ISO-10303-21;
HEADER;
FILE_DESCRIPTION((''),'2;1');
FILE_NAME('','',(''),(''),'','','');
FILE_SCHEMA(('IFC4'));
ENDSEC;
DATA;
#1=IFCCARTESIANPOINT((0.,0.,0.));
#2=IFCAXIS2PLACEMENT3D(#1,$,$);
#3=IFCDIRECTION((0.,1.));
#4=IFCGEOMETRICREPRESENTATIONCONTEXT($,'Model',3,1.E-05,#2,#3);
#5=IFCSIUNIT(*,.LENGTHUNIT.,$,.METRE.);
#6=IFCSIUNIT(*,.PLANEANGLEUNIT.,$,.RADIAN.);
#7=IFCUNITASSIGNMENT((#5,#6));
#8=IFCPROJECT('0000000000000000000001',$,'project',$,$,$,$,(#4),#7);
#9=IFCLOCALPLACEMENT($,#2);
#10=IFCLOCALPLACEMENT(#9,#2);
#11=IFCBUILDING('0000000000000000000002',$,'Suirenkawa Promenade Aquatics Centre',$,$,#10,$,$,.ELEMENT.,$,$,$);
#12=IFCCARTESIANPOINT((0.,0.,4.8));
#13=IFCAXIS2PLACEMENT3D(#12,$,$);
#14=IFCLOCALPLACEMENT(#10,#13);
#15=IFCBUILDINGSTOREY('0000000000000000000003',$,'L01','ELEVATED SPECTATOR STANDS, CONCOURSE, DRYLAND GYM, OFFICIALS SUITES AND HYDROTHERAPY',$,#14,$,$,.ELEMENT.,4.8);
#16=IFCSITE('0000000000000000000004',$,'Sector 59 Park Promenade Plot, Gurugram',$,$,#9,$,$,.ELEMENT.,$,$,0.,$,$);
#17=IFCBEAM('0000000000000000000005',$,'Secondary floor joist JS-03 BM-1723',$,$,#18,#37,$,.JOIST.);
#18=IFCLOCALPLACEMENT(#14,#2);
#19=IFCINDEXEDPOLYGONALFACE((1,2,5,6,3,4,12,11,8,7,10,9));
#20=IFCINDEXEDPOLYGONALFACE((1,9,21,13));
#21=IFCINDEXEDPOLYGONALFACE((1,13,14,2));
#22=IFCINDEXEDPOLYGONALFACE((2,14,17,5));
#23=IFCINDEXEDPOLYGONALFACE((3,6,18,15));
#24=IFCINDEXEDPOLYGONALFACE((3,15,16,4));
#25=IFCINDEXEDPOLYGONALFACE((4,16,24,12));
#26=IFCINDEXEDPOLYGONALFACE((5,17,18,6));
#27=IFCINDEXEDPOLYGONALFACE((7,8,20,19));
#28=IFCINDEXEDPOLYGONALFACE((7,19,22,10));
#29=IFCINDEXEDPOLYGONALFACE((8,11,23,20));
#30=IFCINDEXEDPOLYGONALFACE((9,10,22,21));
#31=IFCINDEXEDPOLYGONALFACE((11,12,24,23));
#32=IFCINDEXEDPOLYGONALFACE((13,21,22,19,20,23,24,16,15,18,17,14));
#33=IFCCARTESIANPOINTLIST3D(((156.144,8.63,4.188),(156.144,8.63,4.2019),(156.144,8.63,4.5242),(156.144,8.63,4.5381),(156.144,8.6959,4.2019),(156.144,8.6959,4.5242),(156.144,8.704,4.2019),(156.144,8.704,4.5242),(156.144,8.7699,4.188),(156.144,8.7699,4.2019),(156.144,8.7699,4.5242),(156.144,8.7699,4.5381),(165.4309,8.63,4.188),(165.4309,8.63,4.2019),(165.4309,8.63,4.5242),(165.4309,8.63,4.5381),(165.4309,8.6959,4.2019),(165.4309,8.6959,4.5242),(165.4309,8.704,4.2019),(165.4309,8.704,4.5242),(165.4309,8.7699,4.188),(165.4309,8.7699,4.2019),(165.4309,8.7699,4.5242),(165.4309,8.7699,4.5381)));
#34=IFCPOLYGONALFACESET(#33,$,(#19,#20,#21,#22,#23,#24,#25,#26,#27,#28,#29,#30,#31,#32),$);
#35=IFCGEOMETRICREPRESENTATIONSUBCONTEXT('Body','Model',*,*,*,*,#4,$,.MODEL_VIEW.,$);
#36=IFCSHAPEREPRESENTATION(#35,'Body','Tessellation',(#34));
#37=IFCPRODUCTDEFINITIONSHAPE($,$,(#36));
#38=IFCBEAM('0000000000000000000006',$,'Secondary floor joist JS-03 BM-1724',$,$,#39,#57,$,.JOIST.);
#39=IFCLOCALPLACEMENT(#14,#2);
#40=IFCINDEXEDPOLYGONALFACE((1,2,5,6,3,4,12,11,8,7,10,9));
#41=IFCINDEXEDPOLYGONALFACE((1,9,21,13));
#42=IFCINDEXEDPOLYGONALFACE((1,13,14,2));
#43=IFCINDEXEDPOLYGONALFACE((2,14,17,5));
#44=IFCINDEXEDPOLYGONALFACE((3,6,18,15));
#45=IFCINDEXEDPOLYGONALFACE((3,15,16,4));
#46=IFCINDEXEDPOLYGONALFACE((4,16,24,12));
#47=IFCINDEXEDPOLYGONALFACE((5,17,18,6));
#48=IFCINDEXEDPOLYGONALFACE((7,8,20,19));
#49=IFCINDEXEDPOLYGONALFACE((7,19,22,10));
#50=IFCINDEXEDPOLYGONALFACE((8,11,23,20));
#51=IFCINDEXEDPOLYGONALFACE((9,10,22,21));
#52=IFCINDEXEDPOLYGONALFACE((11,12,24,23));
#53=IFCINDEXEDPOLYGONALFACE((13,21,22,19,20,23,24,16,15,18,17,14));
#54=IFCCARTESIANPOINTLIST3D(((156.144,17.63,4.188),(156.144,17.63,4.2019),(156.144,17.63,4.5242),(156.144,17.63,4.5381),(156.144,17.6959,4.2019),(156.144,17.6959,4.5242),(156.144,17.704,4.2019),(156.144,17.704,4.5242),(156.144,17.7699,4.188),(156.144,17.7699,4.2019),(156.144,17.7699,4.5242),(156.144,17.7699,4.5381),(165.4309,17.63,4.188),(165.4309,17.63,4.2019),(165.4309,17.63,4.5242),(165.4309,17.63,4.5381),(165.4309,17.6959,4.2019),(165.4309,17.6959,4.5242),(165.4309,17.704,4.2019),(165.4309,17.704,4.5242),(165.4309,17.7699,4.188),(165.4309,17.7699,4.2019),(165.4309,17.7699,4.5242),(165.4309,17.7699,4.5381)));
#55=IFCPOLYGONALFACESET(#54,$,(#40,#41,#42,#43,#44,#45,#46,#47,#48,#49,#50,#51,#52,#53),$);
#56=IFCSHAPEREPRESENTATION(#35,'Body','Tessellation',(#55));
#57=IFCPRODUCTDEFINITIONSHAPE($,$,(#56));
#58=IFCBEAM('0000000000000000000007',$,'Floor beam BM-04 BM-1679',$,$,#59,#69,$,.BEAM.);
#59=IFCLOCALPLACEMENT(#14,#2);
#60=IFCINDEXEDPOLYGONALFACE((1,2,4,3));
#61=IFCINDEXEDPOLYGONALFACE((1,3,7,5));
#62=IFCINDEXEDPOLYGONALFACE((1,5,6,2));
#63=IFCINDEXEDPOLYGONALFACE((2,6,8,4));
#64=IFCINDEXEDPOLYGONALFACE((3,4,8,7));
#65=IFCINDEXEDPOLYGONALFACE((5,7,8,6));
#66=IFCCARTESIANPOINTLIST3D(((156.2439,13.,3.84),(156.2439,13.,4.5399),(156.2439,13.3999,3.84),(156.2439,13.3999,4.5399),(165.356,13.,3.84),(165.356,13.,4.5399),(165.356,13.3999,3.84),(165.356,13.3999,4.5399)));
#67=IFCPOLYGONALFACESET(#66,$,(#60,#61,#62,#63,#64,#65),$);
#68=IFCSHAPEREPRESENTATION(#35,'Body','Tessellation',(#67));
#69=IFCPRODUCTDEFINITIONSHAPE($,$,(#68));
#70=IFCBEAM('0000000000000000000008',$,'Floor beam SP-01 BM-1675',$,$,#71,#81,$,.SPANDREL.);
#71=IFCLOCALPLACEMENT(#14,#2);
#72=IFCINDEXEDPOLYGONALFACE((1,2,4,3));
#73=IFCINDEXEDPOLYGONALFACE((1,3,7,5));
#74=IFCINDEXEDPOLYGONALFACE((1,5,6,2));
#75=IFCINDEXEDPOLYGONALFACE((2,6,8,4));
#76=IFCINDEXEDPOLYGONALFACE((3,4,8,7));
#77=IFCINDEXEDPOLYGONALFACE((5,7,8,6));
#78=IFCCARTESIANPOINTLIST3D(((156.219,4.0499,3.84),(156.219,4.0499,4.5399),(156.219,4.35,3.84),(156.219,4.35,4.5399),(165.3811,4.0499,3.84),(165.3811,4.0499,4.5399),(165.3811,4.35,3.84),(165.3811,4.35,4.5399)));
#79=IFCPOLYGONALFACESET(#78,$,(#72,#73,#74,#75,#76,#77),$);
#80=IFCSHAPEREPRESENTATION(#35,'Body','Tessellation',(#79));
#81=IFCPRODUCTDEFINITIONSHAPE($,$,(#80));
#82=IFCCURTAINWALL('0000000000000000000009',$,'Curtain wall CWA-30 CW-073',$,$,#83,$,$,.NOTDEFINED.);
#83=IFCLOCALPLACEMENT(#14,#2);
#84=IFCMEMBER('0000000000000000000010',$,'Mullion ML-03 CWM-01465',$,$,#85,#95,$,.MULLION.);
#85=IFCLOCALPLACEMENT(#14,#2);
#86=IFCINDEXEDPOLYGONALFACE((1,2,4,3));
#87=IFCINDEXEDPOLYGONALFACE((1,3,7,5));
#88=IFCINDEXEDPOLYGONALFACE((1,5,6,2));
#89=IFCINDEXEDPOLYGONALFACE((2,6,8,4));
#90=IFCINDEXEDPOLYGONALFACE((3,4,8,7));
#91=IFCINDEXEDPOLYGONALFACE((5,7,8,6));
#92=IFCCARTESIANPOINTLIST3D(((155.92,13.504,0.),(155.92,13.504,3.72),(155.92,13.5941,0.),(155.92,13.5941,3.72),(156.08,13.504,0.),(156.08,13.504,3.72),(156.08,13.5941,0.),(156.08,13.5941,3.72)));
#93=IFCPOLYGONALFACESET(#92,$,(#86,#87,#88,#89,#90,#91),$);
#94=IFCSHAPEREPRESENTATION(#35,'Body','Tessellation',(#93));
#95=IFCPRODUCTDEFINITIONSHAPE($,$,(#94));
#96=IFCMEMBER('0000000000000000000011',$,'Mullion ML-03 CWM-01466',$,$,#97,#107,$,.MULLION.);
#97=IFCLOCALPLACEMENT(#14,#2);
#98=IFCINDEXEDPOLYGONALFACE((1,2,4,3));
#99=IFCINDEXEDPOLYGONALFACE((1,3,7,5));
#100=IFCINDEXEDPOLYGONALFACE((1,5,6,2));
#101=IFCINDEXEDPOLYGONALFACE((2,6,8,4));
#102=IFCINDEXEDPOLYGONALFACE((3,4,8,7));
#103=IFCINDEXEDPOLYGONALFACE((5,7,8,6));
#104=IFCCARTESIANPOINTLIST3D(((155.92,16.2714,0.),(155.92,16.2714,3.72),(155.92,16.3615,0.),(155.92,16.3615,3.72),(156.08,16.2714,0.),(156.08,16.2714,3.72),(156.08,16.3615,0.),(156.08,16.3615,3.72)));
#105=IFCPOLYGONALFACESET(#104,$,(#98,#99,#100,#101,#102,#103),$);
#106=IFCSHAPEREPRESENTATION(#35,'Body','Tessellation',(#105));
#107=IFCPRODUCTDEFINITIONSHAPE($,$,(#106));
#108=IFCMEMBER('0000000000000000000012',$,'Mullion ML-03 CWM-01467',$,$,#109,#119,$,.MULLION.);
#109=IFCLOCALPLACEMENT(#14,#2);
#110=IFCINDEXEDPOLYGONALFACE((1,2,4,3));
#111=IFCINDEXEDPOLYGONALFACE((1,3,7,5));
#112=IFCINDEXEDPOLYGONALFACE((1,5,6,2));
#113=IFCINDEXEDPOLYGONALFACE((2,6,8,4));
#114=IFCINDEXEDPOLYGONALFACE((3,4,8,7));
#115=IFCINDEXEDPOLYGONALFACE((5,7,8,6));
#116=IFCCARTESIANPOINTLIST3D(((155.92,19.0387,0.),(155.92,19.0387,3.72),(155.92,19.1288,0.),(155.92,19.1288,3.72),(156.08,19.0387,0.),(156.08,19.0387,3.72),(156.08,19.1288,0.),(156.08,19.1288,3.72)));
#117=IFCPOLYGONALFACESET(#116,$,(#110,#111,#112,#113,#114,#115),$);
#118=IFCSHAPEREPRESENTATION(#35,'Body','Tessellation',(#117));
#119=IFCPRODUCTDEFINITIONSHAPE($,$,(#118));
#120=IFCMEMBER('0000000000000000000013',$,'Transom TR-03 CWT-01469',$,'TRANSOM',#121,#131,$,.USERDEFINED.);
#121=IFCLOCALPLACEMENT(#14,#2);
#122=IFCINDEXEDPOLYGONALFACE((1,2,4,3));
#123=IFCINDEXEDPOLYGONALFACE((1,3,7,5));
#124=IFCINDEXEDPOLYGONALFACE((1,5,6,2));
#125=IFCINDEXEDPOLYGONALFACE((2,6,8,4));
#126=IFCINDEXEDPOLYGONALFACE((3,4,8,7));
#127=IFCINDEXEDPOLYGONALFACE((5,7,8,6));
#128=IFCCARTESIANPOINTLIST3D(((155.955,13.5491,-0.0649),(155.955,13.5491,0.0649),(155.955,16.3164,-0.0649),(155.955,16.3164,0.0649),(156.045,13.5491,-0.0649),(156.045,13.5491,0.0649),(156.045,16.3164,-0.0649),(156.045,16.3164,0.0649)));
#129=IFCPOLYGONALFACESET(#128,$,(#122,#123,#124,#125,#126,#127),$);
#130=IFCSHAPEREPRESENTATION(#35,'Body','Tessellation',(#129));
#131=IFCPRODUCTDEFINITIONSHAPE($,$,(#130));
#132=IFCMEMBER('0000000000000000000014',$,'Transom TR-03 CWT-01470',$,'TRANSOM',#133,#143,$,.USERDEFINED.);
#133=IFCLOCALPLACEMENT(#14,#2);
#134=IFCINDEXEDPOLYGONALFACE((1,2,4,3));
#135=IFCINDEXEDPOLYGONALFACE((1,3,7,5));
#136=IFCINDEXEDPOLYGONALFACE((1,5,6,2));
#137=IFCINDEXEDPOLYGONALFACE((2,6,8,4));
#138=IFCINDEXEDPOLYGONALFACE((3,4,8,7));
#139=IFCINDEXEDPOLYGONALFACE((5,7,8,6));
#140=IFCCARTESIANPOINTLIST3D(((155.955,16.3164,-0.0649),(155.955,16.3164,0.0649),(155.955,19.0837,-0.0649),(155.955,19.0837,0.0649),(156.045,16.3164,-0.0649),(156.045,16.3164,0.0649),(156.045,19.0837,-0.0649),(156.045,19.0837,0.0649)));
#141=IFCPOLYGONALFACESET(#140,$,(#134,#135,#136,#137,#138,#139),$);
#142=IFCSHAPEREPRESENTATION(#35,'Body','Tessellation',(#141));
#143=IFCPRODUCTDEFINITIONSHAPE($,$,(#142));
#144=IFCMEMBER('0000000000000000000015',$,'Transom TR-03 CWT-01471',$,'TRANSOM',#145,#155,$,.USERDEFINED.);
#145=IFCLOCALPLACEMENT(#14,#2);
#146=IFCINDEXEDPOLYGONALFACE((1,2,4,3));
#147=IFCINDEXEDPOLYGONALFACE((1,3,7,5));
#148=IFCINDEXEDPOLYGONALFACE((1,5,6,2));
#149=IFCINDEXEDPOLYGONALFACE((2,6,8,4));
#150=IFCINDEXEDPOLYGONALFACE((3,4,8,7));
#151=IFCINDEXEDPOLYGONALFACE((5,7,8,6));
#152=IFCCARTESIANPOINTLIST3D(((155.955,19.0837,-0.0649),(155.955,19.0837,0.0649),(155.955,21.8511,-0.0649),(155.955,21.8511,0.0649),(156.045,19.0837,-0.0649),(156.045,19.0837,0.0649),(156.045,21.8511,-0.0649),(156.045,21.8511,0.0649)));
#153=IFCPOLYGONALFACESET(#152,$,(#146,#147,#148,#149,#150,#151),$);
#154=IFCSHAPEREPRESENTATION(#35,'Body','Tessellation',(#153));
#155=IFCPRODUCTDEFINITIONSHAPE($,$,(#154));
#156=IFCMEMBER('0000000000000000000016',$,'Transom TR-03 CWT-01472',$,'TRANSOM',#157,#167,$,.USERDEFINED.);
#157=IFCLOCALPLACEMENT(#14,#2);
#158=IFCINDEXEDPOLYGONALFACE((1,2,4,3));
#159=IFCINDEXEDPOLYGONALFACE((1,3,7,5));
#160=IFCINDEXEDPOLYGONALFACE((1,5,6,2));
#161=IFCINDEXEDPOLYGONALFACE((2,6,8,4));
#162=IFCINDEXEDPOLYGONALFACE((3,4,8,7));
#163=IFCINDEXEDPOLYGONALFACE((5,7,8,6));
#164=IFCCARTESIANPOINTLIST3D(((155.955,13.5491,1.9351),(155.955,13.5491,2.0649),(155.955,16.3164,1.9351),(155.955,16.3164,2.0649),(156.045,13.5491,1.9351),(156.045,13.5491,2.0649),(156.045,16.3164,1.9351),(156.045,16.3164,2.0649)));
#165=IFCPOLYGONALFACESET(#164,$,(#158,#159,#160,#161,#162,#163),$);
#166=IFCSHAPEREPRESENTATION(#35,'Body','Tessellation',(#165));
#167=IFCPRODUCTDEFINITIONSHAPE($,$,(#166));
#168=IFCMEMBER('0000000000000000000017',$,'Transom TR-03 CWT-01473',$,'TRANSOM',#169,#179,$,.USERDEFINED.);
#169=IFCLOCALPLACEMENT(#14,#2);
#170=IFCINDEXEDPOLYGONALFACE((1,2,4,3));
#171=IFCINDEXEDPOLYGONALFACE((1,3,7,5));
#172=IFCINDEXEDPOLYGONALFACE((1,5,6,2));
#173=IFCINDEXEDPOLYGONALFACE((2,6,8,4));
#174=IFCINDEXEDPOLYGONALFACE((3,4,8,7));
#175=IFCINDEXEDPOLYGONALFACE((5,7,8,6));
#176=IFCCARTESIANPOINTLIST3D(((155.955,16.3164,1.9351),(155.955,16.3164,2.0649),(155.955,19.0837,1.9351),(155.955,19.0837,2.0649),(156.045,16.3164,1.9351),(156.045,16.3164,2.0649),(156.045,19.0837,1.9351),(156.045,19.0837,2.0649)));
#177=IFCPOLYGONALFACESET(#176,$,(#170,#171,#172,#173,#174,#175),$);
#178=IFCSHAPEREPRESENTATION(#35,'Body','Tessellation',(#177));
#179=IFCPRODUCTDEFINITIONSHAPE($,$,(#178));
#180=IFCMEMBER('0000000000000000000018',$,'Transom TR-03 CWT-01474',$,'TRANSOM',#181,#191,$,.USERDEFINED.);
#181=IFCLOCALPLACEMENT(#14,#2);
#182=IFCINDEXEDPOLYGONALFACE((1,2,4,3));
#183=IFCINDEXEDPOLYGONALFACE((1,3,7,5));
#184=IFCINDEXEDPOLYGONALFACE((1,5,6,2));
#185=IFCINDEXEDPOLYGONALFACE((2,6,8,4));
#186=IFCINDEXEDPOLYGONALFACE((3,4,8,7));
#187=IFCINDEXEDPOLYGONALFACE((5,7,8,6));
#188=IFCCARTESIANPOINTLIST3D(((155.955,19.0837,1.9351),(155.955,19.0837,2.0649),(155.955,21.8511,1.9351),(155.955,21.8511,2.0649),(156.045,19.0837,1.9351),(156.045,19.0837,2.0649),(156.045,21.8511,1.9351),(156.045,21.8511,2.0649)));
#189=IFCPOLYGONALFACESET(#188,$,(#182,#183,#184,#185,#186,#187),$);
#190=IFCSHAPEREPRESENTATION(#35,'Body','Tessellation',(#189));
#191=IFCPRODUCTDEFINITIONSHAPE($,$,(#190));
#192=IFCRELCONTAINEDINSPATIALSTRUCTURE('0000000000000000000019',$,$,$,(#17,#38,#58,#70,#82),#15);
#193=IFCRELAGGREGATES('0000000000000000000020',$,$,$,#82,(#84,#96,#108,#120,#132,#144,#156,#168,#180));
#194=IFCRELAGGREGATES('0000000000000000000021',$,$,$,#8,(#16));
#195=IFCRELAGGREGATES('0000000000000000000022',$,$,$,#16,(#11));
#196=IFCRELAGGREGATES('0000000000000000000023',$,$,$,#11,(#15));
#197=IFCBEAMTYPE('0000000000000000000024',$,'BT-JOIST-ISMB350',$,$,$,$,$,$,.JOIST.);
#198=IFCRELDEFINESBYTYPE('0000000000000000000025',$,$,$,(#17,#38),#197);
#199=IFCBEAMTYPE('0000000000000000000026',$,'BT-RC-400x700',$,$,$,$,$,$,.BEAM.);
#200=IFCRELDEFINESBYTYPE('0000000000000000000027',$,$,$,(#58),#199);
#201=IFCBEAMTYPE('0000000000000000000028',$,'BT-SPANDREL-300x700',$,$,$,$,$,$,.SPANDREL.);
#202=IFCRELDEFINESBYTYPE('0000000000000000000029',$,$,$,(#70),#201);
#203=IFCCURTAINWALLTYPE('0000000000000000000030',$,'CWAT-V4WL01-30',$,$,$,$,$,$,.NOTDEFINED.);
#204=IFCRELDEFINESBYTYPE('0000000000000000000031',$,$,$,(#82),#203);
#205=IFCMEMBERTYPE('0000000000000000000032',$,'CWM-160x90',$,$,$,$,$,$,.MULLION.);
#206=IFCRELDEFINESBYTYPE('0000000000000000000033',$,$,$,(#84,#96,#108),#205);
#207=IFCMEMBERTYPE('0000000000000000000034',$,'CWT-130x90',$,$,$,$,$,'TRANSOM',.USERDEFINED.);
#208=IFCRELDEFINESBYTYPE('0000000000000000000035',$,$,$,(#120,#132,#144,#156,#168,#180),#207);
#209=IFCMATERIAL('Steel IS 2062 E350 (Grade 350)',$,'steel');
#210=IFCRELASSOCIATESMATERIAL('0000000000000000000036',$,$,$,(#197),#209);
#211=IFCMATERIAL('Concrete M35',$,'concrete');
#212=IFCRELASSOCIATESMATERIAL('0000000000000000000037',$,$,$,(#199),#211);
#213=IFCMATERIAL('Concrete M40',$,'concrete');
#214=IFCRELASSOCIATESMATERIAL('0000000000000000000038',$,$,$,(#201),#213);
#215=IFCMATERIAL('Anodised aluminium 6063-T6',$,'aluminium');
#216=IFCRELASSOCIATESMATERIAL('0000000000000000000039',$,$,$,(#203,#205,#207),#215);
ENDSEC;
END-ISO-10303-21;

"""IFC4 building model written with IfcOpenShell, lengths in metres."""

from ifc_helpers import new_model, si_unit, direction, frame, origin, origin_2d, place, context, subcontext, project, spatial, rectangle, i_section, extrude, material, material_profile, profile_set, type_object, element, aggregate, save


model = new_model("IFC4")

# Units and contexts
model_context = context("Model", 3, precision=1e-05, world=origin(), true_north=direction((0.0, 1.0)))
body_context = subcontext(model_context, "Body", "Model", "MODEL_VIEW")
ifc_project = project(units=[si_unit("LENGTHUNIT", "METRE"), si_unit("PLANEANGLEUNIT", "RADIAN")], contexts=[model_context])

# Site, building, storey
site_placement = place(None, origin())
site = spatial("IfcSite", under=ifc_project, at=site_placement, Name="Sector 59 Park Promenade Plot, Gurugram", CompositionType="ELEMENT", RefElevation=0.0)
building_placement = place(site_placement, origin())
building = spatial("IfcBuilding", under=site, at=building_placement, Name="Suirenkawa Promenade Aquatics Centre", CompositionType="ELEMENT")
storey_placement = place(building_placement, frame((0.0, 0.0, 4.8)))
storey = spatial("IfcBuildingStorey", under=building, at=storey_placement, Name="L01", Description="ELEVATED SPECTATOR STANDS, CONCOURSE, DRYLAND GYM, OFFICIALS SUITES AND HYDROTHERAPY", CompositionType="ELEMENT", Elevation=4.8)

# Beams
ifc_material_1 = material(Name="Steel IS 2062 E350 (Grade 350)", Category="steel")
ifc_material_profile_1 = material_profile(ifc_material_1, i_section(OverallWidth=0.1399, OverallDepth=0.3501, WebThickness=0.0081, FlangeThickness=0.0139, at=origin_2d()), Name="ISMB 350", Category="steel")
ifc_profile_set_1 = profile_set([ifc_material_profile_1], Name="Steel IS 2062 E350 (Grade 350)")
beam_type_1 = type_object("IfcBeamType", Name="BT-JOIST-ISMB350", PredefinedType="JOIST", material=ifc_profile_set_1)
for number, where, z_axis, x_axis, name in (
    (1, (156.144, 8.7, 4.363), (1.0, 0.0, 0.0), (0.0, 1.0, 0.0), "Secondary floor joist JS-03 BM-1723"),
    (2, (156.144, 17.7, 4.363), (1.0, 0.0, 0.0), (0.0, 1.0, 0.0), "Secondary floor joist JS-03 BM-1724"),
):
    element("IfcBeam", number, at=place(storey_placement, frame(where, z_axis=z_axis, x_axis=x_axis)), inside=storey, type_object=beam_type_1, Name=name, PredefinedType="JOIST", context=body_context, shape_type="SweptSolid", body=[
        extrude(i_section(OverallWidth=0.1399, OverallDepth=0.3501, WebThickness=0.0081, FlangeThickness=0.0139, at=origin_2d()), origin(), (0.0, 0.0, 1.0), 9.2869),
    ])
ifc_material_2 = material(Name="Concrete M35", Category="concrete")
ifc_material_profile_2 = material_profile(ifc_material_2, rectangle(XDim=0.3999, YDim=0.7, at=origin_2d()), Name="RC BM 400x700", Category="concrete")
ifc_profile_set_2 = profile_set([ifc_material_profile_2], Name="Concrete M35")
beam_type_2 = type_object("IfcBeamType", Name="BT-RC-400x700", PredefinedType="BEAM", material=ifc_profile_set_2)
beam_1_placement = place(storey_placement, frame((156.2439, 13.2, 4.1899), z_axis=(1.0, 0.0, 0.0), x_axis=(0.0, 1.0, 0.0)))
element("IfcBeam", 3, at=beam_1_placement, inside=storey, type_object=beam_type_2, Name="Floor beam BM-04 BM-1679", PredefinedType="BEAM", context=body_context, shape_type="SweptSolid", body=[
    extrude(rectangle(XDim=0.3999, YDim=0.7, at=origin_2d()), origin(), (0.0, 0.0, 1.0), 9.1121),
])
ifc_material_3 = material(Name="Concrete M40", Category="concrete")
ifc_material_profile_3 = material_profile(ifc_material_3, rectangle(XDim=0.3, YDim=0.7, at=origin_2d()), Name="RC SPANDREL 300x700", Category="concrete")
ifc_profile_set_3 = profile_set([ifc_material_profile_3], Name="Concrete M40")
beam_type_3 = type_object("IfcBeamType", Name="BT-SPANDREL-300x700", PredefinedType="SPANDREL", material=ifc_profile_set_3)
beam_2_placement = place(storey_placement, frame((156.219, 4.2, 4.1899), z_axis=(1.0, 0.0, 0.0), x_axis=(0.0, 1.0, 0.0)))
element("IfcBeam", 4, at=beam_2_placement, inside=storey, type_object=beam_type_3, Name="Floor beam SP-01 BM-1675", PredefinedType="SPANDREL", context=body_context, shape_type="SweptSolid", body=[
    extrude(rectangle(XDim=0.3, YDim=0.7, at=origin_2d()), origin(), (0.0, 0.0, 1.0), 9.1621),
])

# Curtain wall, members
ifc_material_4 = material(Name="Anodised aluminium 6063-T6", Category="aluminium")
curtain_wall_type = type_object("IfcCurtainWallType", Name="CWAT-V4WL01-30", PredefinedType="NOTDEFINED", material=ifc_material_4)
curtain_wall_placement = place(storey_placement, origin())
curtain_wall = element("IfcCurtainWall", 5, at=curtain_wall_placement, inside=storey, type_object=curtain_wall_type, Name="Curtain wall CWA-30 CW-073", PredefinedType="NOTDEFINED")
ifc_material_profile_4 = material_profile(ifc_material_4, rectangle(XDim=0.0901, YDim=0.1599, at=origin_2d()), Name="ALU MULL 90x160", Category="aluminium")
ifc_profile_set_4 = profile_set([ifc_material_profile_4], Name="Anodised aluminium 6063-T6")
member_type_1 = type_object("IfcMemberType", Name="CWM-160x90", PredefinedType="MULLION", material=ifc_profile_set_4)
member_1_placement = place(storey_placement, frame((156.0, 13.5491, 0.0), z_axis=(0.0, 0.0, 1.0), x_axis=(0.0, 1.0, 0.0)))
member_1 = element("IfcMember", 6, at=member_1_placement, type_object=member_type_1, Name="Mullion ML-03 CWM-01465", PredefinedType="MULLION", context=body_context, shape_type="SweptSolid", body=[
    extrude(rectangle(XDim=0.0901, YDim=0.1599, at=origin_2d()), origin(), (0.0, 0.0, 1.0), 3.72),
])
member_2_placement = place(storey_placement, frame((156.0, 16.3164, 0.0), z_axis=(0.0, 0.0, 1.0), x_axis=(0.0, 1.0, 0.0)))
member_2 = element("IfcMember", 7, at=member_2_placement, type_object=member_type_1, Name="Mullion ML-03 CWM-01466", PredefinedType="MULLION", context=body_context, shape_type="SweptSolid", body=[
    extrude(rectangle(XDim=0.0901, YDim=0.1599, at=origin_2d()), origin(), (0.0, 0.0, 1.0), 3.72),
])
member_3_placement = place(storey_placement, frame((156.0, 19.0837, 0.0), z_axis=(0.0, 0.0, 1.0), x_axis=(0.0, 1.0, 0.0)))
member_3 = element("IfcMember", 8, at=member_3_placement, type_object=member_type_1, Name="Mullion ML-03 CWM-01467", PredefinedType="MULLION", context=body_context, shape_type="SweptSolid", body=[
    extrude(rectangle(XDim=0.0901, YDim=0.1599, at=origin_2d()), origin(), (0.0, 0.0, 1.0), 3.72),
])
ifc_material_profile_5 = material_profile(ifc_material_4, rectangle(XDim=0.0901, YDim=0.1299, at=origin_2d()), Name="ALU TRAN 90x130", Category="aluminium")
ifc_profile_set_5 = profile_set([ifc_material_profile_5], Name="Anodised aluminium 6063-T6")
member_type_2 = type_object("IfcMemberType", Name="CWT-130x90", ElementType="TRANSOM", PredefinedType="USERDEFINED", material=ifc_profile_set_5)
member_4_placement = place(storey_placement, frame((156.0, 13.5491, 0.0), z_axis=(0.0, 1.0, 0.0), x_axis=(-1.0, 0.0, 0.0)))
member_4 = element("IfcMember", 9, at=member_4_placement, type_object=member_type_2, Name="Transom TR-03 CWT-01469", ObjectType="TRANSOM", PredefinedType="USERDEFINED", context=body_context, shape_type="SweptSolid", body=[
    extrude(rectangle(XDim=0.0901, YDim=0.1299, at=origin_2d()), origin(), (0.0, 0.0, 1.0), 2.7673),
])
member_5_placement = place(storey_placement, frame((156.0, 16.3164, 0.0), z_axis=(0.0, 1.0, 0.0), x_axis=(-1.0, 0.0, 0.0)))
member_5 = element("IfcMember", 10, at=member_5_placement, type_object=member_type_2, Name="Transom TR-03 CWT-01470", ObjectType="TRANSOM", PredefinedType="USERDEFINED", context=body_context, shape_type="SweptSolid", body=[
    extrude(rectangle(XDim=0.0901, YDim=0.1299, at=origin_2d()), origin(), (0.0, 0.0, 1.0), 2.7673),
])
member_6_placement = place(storey_placement, frame((156.0, 19.0837, 0.0), z_axis=(0.0, 1.0, 0.0), x_axis=(-1.0, 0.0, 0.0)))
member_6 = element("IfcMember", 11, at=member_6_placement, type_object=member_type_2, Name="Transom TR-03 CWT-01471", ObjectType="TRANSOM", PredefinedType="USERDEFINED", context=body_context, shape_type="SweptSolid", body=[
    extrude(rectangle(XDim=0.0901, YDim=0.1299, at=origin_2d()), origin(), (0.0, 0.0, 1.0), 2.7673),
])
member_7_placement = place(storey_placement, frame((156.0, 13.5491, 2.0), z_axis=(0.0, 1.0, 0.0), x_axis=(-1.0, 0.0, 0.0)))
member_7 = element("IfcMember", 12, at=member_7_placement, type_object=member_type_2, Name="Transom TR-03 CWT-01472", ObjectType="TRANSOM", PredefinedType="USERDEFINED", context=body_context, shape_type="SweptSolid", body=[
    extrude(rectangle(XDim=0.0901, YDim=0.1299, at=origin_2d()), origin(), (0.0, 0.0, 1.0), 2.7673),
])
member_8_placement = place(storey_placement, frame((156.0, 16.3164, 2.0), z_axis=(0.0, 1.0, 0.0), x_axis=(-1.0, 0.0, 0.0)))
member_8 = element("IfcMember", 13, at=member_8_placement, type_object=member_type_2, Name="Transom TR-03 CWT-01473", ObjectType="TRANSOM", PredefinedType="USERDEFINED", context=body_context, shape_type="SweptSolid", body=[
    extrude(rectangle(XDim=0.0901, YDim=0.1299, at=origin_2d()), origin(), (0.0, 0.0, 1.0), 2.7673),
])
member_9_placement = place(storey_placement, frame((156.0, 19.0837, 2.0), z_axis=(0.0, 1.0, 0.0), x_axis=(-1.0, 0.0, 0.0)))
member_9 = element("IfcMember", 14, at=member_9_placement, type_object=member_type_2, Name="Transom TR-03 CWT-01474", ObjectType="TRANSOM", PredefinedType="USERDEFINED", context=body_context, shape_type="SweptSolid", body=[
    extrude(rectangle(XDim=0.0901, YDim=0.1299, at=origin_2d()), origin(), (0.0, 0.0, 1.0), 2.7673),
])
aggregate(curtain_wall, [member_1, member_2, member_3, member_4, member_5, member_6, member_7, member_8, member_9])

save(model, "model.ifc")
